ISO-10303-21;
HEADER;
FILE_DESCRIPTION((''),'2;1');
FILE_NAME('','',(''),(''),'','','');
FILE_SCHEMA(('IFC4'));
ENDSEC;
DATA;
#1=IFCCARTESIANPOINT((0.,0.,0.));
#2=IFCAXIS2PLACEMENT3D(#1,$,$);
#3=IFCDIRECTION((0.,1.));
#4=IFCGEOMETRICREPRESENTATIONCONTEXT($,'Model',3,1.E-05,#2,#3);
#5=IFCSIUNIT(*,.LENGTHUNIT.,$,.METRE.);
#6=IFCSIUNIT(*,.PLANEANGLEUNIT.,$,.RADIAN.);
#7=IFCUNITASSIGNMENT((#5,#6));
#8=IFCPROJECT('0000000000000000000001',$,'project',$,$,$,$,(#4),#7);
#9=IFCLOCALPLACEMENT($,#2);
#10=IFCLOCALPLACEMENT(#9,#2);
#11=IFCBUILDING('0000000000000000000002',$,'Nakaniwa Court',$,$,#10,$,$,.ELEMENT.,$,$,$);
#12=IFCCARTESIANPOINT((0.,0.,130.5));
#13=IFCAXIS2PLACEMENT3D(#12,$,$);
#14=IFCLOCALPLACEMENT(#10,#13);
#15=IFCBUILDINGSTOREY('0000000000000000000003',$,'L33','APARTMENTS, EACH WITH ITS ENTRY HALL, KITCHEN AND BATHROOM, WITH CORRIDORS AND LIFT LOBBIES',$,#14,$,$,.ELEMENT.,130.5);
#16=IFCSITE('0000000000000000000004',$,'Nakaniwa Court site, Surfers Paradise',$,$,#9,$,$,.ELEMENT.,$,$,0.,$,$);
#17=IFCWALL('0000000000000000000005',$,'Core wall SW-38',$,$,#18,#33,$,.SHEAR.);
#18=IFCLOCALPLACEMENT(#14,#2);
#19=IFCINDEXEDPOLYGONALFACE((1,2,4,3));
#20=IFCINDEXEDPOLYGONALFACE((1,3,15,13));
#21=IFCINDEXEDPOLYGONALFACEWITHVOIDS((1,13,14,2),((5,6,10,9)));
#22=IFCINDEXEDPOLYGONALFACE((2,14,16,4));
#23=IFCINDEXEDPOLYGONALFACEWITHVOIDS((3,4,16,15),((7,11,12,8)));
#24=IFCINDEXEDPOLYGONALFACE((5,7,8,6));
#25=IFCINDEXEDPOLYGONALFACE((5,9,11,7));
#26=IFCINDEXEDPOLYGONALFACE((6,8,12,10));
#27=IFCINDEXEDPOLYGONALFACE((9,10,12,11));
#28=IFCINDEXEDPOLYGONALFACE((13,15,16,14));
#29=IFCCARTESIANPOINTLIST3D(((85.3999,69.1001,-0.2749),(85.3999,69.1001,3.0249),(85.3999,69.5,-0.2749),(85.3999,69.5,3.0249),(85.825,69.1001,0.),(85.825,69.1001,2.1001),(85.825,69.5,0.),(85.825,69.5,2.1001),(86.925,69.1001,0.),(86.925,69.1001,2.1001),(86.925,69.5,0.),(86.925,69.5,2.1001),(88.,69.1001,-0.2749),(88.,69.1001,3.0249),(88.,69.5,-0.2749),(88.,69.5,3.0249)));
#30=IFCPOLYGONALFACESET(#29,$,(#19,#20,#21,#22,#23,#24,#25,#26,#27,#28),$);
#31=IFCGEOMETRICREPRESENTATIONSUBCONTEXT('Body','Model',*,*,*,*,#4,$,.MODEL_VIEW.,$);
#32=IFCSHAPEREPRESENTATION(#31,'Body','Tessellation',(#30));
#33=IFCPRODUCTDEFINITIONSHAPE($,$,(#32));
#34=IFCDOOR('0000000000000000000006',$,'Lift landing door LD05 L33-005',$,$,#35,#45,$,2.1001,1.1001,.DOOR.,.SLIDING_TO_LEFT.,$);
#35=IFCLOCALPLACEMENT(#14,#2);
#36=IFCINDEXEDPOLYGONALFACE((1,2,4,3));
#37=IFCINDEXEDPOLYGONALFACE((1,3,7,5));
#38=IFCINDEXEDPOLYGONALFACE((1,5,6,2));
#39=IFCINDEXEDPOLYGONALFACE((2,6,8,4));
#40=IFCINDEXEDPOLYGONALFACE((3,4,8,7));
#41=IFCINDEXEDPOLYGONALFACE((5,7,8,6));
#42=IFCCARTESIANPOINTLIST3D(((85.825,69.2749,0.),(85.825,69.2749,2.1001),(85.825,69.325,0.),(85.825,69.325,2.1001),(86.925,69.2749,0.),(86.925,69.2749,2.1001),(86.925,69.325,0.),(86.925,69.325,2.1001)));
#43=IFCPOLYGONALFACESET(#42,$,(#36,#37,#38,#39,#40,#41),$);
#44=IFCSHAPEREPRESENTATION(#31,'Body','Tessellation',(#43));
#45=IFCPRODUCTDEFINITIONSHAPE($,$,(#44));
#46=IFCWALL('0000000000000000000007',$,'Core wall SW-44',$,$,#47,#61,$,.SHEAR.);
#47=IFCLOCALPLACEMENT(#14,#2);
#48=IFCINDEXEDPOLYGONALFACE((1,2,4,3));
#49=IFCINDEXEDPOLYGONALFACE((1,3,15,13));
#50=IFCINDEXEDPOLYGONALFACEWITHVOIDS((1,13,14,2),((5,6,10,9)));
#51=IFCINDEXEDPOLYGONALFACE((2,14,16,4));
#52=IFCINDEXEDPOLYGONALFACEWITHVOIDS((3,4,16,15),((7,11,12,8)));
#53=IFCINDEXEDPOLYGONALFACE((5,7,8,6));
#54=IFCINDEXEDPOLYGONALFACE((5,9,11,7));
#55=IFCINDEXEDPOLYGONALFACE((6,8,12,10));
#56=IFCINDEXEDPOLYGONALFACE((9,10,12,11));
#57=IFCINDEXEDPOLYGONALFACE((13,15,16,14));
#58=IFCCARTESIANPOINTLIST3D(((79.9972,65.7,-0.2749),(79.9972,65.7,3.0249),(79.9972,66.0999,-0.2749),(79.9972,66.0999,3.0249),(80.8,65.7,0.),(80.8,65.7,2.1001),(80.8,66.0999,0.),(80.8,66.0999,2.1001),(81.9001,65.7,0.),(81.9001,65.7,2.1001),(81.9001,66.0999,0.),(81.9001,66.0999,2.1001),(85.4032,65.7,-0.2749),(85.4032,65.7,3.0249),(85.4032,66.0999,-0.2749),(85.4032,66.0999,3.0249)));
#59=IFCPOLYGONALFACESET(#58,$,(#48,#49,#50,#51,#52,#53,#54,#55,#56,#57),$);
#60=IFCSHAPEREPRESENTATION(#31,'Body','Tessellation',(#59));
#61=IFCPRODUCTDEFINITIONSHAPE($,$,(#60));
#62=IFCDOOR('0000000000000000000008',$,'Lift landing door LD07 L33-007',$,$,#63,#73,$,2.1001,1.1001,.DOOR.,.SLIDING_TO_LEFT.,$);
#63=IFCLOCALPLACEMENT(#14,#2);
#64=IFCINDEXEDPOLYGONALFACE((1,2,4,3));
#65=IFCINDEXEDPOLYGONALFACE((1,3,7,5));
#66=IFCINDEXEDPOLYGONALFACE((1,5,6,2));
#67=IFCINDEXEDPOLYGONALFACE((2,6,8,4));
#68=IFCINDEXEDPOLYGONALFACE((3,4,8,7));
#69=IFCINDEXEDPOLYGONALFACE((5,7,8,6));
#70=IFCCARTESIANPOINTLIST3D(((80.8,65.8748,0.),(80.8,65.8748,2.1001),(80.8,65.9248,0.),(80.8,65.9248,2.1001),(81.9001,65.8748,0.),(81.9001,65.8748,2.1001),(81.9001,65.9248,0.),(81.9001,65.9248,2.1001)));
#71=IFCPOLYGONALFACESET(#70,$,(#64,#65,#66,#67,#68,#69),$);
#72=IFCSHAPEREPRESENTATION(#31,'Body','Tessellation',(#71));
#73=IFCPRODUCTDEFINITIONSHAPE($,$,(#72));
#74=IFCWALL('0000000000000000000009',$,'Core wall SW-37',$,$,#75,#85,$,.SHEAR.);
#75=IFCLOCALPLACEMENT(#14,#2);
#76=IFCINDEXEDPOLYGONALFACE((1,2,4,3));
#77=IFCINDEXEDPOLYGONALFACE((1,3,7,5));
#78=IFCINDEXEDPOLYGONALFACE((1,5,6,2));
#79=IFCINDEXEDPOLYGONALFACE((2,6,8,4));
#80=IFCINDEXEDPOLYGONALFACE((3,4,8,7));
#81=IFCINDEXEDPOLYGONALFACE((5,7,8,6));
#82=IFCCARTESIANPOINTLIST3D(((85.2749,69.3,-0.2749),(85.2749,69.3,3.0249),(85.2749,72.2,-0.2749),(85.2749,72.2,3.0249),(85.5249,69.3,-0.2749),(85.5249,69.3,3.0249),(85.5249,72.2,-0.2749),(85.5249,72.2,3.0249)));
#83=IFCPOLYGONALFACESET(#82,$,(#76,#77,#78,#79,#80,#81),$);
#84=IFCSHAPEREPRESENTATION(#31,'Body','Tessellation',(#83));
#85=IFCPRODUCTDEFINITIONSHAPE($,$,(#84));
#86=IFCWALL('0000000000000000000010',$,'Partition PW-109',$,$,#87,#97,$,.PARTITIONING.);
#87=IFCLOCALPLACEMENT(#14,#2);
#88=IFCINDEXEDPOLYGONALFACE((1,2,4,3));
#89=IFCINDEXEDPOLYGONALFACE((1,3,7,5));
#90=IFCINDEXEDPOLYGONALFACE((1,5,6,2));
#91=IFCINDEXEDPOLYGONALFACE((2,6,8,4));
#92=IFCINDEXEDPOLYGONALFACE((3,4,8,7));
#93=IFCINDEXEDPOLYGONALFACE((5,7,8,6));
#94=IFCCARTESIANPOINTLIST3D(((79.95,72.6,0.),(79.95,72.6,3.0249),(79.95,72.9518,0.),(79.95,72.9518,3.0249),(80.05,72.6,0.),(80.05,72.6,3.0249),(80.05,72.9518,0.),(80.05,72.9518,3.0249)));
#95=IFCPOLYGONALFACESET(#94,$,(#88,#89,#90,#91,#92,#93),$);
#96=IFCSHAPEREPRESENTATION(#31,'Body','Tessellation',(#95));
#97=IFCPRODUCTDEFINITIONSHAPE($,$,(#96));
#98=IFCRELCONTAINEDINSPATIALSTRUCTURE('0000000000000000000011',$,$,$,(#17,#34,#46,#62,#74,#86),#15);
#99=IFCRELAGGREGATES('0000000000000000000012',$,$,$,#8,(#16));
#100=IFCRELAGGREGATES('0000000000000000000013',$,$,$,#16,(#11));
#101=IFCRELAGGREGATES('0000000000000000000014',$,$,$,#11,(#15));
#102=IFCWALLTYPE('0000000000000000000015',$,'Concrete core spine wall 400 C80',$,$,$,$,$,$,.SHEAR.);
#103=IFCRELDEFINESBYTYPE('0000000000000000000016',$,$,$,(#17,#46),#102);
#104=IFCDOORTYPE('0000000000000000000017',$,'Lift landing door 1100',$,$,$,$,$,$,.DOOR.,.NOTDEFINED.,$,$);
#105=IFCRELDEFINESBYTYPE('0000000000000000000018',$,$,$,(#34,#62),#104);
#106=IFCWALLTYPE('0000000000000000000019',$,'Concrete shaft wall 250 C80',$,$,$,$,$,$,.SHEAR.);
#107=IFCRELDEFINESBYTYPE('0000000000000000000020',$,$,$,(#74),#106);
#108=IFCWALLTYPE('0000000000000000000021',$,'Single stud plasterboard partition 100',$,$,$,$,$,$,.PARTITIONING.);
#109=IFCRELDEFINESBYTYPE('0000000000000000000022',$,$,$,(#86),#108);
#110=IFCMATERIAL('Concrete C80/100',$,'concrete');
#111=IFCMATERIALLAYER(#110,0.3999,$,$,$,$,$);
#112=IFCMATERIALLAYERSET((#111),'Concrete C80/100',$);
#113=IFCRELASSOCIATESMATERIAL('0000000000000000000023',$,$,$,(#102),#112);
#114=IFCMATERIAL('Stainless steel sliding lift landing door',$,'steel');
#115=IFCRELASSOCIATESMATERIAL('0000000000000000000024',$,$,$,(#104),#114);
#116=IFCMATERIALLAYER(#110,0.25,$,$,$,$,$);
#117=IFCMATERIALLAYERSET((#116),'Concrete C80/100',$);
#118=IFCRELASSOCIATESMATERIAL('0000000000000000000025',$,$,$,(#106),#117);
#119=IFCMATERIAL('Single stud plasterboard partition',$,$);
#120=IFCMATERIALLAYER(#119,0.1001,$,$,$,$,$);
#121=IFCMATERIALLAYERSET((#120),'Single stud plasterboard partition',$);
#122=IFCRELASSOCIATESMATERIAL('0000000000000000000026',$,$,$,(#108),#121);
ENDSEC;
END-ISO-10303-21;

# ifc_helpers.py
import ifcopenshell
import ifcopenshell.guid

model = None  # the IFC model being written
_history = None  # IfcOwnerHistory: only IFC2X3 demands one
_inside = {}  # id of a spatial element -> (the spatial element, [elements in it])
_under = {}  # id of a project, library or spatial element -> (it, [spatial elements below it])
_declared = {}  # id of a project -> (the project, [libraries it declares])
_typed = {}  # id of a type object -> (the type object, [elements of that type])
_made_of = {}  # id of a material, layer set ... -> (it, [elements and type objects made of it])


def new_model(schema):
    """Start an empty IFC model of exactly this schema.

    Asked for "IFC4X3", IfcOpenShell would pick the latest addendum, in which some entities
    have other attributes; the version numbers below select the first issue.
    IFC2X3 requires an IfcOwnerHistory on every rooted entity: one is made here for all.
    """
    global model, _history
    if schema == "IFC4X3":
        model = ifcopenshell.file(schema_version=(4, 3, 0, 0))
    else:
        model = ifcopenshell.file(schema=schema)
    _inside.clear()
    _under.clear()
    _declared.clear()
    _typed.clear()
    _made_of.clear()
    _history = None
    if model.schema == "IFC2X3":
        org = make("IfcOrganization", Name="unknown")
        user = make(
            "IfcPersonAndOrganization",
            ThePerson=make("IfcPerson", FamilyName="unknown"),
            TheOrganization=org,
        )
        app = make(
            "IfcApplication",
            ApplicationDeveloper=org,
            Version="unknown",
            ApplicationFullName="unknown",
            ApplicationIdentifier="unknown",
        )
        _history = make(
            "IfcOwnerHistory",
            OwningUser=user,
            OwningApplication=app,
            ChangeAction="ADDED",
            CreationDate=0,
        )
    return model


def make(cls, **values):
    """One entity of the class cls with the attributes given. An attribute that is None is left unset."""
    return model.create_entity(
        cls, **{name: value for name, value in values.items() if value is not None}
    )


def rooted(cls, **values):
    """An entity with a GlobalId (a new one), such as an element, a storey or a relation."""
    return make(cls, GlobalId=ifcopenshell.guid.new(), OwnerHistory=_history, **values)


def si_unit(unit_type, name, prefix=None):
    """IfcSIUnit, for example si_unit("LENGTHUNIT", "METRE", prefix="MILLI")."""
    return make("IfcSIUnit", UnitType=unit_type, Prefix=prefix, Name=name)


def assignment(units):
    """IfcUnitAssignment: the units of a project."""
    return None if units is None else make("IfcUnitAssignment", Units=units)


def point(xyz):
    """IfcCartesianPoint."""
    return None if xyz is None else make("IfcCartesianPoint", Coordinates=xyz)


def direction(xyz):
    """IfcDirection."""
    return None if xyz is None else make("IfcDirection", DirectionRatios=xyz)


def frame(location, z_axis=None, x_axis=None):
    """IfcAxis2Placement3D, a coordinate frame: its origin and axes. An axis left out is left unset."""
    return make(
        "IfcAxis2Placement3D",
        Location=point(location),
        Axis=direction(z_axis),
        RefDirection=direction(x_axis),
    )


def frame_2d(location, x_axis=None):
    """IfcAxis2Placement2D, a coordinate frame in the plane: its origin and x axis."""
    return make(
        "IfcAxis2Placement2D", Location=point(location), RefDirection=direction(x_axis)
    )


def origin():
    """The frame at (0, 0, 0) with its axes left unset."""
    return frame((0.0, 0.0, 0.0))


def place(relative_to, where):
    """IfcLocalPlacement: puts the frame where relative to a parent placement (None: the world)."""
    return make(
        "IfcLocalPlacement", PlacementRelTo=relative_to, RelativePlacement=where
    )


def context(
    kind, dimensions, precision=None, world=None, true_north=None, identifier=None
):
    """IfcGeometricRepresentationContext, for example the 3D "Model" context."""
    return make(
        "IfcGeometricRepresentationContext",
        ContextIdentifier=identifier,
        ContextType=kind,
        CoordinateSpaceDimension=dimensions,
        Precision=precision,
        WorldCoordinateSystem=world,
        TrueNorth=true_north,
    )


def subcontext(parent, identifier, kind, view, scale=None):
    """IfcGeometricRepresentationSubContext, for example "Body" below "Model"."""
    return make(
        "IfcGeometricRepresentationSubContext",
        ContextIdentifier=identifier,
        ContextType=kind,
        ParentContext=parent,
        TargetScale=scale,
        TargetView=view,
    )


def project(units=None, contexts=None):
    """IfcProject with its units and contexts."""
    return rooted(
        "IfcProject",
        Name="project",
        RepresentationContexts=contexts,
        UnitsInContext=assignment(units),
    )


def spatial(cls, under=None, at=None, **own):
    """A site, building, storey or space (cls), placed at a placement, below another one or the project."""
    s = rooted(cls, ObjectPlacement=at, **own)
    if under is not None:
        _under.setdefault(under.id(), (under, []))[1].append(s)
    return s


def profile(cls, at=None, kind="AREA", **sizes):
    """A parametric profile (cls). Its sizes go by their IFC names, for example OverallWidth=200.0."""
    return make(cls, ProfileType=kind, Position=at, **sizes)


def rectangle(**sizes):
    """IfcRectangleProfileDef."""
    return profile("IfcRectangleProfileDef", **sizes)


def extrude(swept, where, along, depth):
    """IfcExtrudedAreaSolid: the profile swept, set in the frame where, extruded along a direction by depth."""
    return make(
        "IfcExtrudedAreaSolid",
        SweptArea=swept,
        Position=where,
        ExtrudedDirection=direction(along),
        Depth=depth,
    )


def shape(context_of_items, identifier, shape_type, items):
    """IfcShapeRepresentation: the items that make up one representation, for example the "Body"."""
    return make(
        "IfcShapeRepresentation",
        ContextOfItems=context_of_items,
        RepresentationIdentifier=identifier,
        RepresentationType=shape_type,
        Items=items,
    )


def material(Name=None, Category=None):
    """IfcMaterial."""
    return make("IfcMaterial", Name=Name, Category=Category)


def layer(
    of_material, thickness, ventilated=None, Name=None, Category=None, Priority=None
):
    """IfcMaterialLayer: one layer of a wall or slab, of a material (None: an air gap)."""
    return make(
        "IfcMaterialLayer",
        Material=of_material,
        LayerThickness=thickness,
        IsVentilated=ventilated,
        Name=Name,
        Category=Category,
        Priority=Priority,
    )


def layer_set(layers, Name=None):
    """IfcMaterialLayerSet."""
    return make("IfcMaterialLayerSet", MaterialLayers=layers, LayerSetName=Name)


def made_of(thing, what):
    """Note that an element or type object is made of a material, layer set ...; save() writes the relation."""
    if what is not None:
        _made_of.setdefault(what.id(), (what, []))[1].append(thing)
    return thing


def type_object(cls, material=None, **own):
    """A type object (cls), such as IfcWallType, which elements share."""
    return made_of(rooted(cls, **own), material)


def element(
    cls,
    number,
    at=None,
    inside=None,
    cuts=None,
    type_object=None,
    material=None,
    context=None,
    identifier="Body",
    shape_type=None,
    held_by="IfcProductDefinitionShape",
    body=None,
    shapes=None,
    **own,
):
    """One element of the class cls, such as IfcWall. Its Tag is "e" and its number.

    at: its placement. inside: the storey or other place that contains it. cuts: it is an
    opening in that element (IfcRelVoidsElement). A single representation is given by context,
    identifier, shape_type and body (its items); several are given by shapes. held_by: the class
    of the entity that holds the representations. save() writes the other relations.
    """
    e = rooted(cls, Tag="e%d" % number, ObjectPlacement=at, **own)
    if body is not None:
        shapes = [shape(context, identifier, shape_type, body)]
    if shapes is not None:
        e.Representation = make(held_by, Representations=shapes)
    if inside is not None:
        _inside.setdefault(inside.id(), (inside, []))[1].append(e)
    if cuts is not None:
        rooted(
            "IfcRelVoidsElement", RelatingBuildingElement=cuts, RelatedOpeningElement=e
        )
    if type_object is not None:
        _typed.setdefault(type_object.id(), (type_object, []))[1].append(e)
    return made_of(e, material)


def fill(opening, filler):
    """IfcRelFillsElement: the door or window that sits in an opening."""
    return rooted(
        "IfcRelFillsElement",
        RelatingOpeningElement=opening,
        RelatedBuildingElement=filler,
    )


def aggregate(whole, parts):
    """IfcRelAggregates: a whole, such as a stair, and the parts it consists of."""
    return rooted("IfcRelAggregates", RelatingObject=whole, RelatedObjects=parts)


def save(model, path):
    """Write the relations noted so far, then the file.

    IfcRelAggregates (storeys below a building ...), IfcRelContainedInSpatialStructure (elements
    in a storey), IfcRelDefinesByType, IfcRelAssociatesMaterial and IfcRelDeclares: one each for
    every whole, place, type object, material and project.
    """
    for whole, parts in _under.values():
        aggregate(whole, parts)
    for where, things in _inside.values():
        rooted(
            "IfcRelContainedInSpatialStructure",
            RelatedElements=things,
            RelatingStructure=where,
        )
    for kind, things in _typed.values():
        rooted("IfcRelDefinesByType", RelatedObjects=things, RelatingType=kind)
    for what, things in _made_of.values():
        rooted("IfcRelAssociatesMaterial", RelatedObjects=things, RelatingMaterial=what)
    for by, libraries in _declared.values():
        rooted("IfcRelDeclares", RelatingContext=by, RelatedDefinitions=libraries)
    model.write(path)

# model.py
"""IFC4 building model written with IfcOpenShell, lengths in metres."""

from ifc_helpers import new_model, si_unit, direction, frame, frame_2d, origin, place, context, subcontext, project, spatial, rectangle, extrude, material, layer, layer_set, type_object, element, fill, save


model = new_model("IFC4")

# Units and contexts
model_context = context("Model", 3, precision=1e-05, world=origin(), true_north=direction((0.0, 1.0)))
body_context = subcontext(model_context, "Body", "Model", "MODEL_VIEW")
ifc_project = project(units=[si_unit("LENGTHUNIT", "METRE"), si_unit("PLANEANGLEUNIT", "RADIAN")], contexts=[model_context])

# Site, building, storey
site_placement = place(None, origin())
site = spatial("IfcSite", under=ifc_project, at=site_placement, Name="Nakaniwa Court site, Surfers Paradise", CompositionType="ELEMENT", RefElevation=0.0)
building_placement = place(site_placement, origin())
building = spatial("IfcBuilding", under=site, at=building_placement, Name="Nakaniwa Court", CompositionType="ELEMENT")
storey_placement = place(building_placement, frame((0.0, 0.0, 130.5)))
storey = spatial("IfcBuildingStorey", under=building, at=storey_placement, Name="L33", Description="APARTMENTS, EACH WITH ITS ENTRY HALL, KITCHEN AND BATHROOM, WITH CORRIDORS AND LIFT LOBBIES", CompositionType="ELEMENT", Elevation=130.5)

# Shared definitions
ifc_material_1 = material(Name="Concrete C80/100", Category="concrete")

# Walls, openings, doors
ifc_layer_1 = layer(ifc_material_1, 0.3999)
ifc_layer_set_1 = layer_set([ifc_layer_1], Name="Concrete C80/100")
wall_type_1 = type_object("IfcWallType", Name="Concrete core spine wall 400 C80", PredefinedType="SHEAR", material=ifc_layer_set_1)
wall_1_placement = place(storey_placement, frame((85.3999, 69.3, -0.2749), z_axis=(0.0, 0.0, 1.0), x_axis=(1.0, 0.0, 0.0)))
wall_1 = element("IfcWall", 1, at=wall_1_placement, inside=storey, type_object=wall_type_1, Name="Core wall SW-38", PredefinedType="SHEAR", context=body_context, shape_type="SweptSolid", body=[
    extrude(rectangle(XDim=2.6001, YDim=0.3999, at=frame_2d((1.3, 0.0))), origin(), (0.0, 0.0, 1.0), 3.2998),
])
opening_1_placement = place(wall_1_placement, frame((0.425, 0.0, 0.2749)))
opening_1 = element("IfcOpeningElement", 2, at=opening_1_placement, cuts=wall_1, PredefinedType="OPENING", context=body_context, shape_type="SweptSolid", body=[
    extrude(rectangle(XDim=1.1001, YDim=2.1001, at=frame_2d((0.55, 1.05))), frame((0.0, 0.21, 0.0), z_axis=(0.0, -1.0, 0.0), x_axis=(1.0, 0.0, 0.0)), (0.0, 0.0, 1.0), 0.4199),
])
ifc_material_2 = material(Name="Stainless steel sliding lift landing door", Category="steel")
door_type_1 = type_object("IfcDoorType", Name="Lift landing door 1100", OperationType="NOTDEFINED", PredefinedType="DOOR", material=ifc_material_2)
door_1_placement = place(opening_1_placement, origin())
door_1 = element("IfcDoor", 3, at=door_1_placement, inside=storey, type_object=door_type_1, Name="Lift landing door LD05 L33-005", OperationType="SLIDING_TO_LEFT", OverallHeight=2.1001, OverallWidth=1.1001, PredefinedType="DOOR", context=body_context, shape_type="SweptSolid", body=[
    extrude(rectangle(XDim=1.1001, YDim=2.1001, at=frame_2d((0.55, 1.05))), frame((0.0, 0.0249, 0.0), z_axis=(0.0, -1.0, 0.0), x_axis=(1.0, 0.0, 0.0)), (0.0, 0.0, 1.0), 0.05),
])
fill(opening_1, door_1)
wall_2_placement = place(storey_placement, frame((79.9971, 65.8999, -0.2749), z_axis=(0.0, 0.0, 1.0), x_axis=(1.0, 0.0, 0.0)))
wall_2 = element("IfcWall", 4, at=wall_2_placement, inside=storey, type_object=wall_type_1, Name="Core wall SW-44", PredefinedType="SHEAR", context=body_context, shape_type="SweptSolid", body=[
    extrude(rectangle(XDim=5.406, YDim=0.3999, at=frame_2d((2.7031, 0.0))), origin(), (0.0, 0.0, 1.0), 3.2998),
])
opening_2_placement = place(wall_2_placement, frame((0.803, 0.0, 0.2749)))
opening_2 = element("IfcOpeningElement", 5, at=opening_2_placement, cuts=wall_2, PredefinedType="OPENING", context=body_context, shape_type="SweptSolid", body=[
    extrude(rectangle(XDim=1.1001, YDim=2.1001, at=frame_2d((0.55, 1.05))), frame((0.0, 0.21, 0.0), z_axis=(0.0, -1.0, 0.0), x_axis=(1.0, 0.0, 0.0)), (0.0, 0.0, 1.0), 0.4199),
])
door_2_placement = place(opening_2_placement, origin())
door_2 = element("IfcDoor", 6, at=door_2_placement, inside=storey, type_object=door_type_1, Name="Lift landing door LD07 L33-007", OperationType="SLIDING_TO_LEFT", OverallHeight=2.1001, OverallWidth=1.1001, PredefinedType="DOOR", context=body_context, shape_type="SweptSolid", body=[
    extrude(rectangle(XDim=1.1001, YDim=2.1001, at=frame_2d((0.55, 1.05))), frame((0.0, 0.0249, 0.0), z_axis=(0.0, -1.0, 0.0), x_axis=(1.0, 0.0, 0.0)), (0.0, 0.0, 1.0), 0.05),
])
fill(opening_2, door_2)

# Walls
ifc_layer_2 = layer(ifc_material_1, 0.25)
ifc_layer_set_2 = layer_set([ifc_layer_2], Name="Concrete C80/100")
wall_type_2 = type_object("IfcWallType", Name="Concrete shaft wall 250 C80", PredefinedType="SHEAR", material=ifc_layer_set_2)
wall_3_placement = place(storey_placement, frame((85.3999, 69.3, -0.2749), z_axis=(0.0, 0.0, 1.0), x_axis=(0.0, 1.0, 0.0)))
element("IfcWall", 7, at=wall_3_placement, inside=storey, type_object=wall_type_2, Name="Core wall SW-37", PredefinedType="SHEAR", context=body_context, shape_type="SweptSolid", body=[
    extrude(rectangle(XDim=2.8999, YDim=0.25, at=frame_2d((1.45, 0.0))), origin(), (0.0, 0.0, 1.0), 3.2998),
])
ifc_material_3 = material(Name="Single stud plasterboard partition")
ifc_layer_3 = layer(ifc_material_3, 0.1001)
ifc_layer_set_3 = layer_set([ifc_layer_3], Name="Single stud plasterboard partition")
wall_type_3 = type_object("IfcWallType", Name="Single stud plasterboard partition 100", PredefinedType="PARTITIONING", material=ifc_layer_set_3)
wall_4_placement = place(storey_placement, frame((80.0, 72.6001, 0.0), z_axis=(0.0, 0.0, 1.0), x_axis=(0.0, 1.0, 0.0)))
element("IfcWall", 8, at=wall_4_placement, inside=storey, type_object=wall_type_3, Name="Partition PW-109", PredefinedType="PARTITIONING", context=body_context, shape_type="SweptSolid", body=[
    extrude(rectangle(XDim=0.3518, YDim=0.1001, at=frame_2d((0.1758, 0.0))), origin(), (0.0, 0.0, 1.0), 3.0249),
])

save(model, "model.ifc")
